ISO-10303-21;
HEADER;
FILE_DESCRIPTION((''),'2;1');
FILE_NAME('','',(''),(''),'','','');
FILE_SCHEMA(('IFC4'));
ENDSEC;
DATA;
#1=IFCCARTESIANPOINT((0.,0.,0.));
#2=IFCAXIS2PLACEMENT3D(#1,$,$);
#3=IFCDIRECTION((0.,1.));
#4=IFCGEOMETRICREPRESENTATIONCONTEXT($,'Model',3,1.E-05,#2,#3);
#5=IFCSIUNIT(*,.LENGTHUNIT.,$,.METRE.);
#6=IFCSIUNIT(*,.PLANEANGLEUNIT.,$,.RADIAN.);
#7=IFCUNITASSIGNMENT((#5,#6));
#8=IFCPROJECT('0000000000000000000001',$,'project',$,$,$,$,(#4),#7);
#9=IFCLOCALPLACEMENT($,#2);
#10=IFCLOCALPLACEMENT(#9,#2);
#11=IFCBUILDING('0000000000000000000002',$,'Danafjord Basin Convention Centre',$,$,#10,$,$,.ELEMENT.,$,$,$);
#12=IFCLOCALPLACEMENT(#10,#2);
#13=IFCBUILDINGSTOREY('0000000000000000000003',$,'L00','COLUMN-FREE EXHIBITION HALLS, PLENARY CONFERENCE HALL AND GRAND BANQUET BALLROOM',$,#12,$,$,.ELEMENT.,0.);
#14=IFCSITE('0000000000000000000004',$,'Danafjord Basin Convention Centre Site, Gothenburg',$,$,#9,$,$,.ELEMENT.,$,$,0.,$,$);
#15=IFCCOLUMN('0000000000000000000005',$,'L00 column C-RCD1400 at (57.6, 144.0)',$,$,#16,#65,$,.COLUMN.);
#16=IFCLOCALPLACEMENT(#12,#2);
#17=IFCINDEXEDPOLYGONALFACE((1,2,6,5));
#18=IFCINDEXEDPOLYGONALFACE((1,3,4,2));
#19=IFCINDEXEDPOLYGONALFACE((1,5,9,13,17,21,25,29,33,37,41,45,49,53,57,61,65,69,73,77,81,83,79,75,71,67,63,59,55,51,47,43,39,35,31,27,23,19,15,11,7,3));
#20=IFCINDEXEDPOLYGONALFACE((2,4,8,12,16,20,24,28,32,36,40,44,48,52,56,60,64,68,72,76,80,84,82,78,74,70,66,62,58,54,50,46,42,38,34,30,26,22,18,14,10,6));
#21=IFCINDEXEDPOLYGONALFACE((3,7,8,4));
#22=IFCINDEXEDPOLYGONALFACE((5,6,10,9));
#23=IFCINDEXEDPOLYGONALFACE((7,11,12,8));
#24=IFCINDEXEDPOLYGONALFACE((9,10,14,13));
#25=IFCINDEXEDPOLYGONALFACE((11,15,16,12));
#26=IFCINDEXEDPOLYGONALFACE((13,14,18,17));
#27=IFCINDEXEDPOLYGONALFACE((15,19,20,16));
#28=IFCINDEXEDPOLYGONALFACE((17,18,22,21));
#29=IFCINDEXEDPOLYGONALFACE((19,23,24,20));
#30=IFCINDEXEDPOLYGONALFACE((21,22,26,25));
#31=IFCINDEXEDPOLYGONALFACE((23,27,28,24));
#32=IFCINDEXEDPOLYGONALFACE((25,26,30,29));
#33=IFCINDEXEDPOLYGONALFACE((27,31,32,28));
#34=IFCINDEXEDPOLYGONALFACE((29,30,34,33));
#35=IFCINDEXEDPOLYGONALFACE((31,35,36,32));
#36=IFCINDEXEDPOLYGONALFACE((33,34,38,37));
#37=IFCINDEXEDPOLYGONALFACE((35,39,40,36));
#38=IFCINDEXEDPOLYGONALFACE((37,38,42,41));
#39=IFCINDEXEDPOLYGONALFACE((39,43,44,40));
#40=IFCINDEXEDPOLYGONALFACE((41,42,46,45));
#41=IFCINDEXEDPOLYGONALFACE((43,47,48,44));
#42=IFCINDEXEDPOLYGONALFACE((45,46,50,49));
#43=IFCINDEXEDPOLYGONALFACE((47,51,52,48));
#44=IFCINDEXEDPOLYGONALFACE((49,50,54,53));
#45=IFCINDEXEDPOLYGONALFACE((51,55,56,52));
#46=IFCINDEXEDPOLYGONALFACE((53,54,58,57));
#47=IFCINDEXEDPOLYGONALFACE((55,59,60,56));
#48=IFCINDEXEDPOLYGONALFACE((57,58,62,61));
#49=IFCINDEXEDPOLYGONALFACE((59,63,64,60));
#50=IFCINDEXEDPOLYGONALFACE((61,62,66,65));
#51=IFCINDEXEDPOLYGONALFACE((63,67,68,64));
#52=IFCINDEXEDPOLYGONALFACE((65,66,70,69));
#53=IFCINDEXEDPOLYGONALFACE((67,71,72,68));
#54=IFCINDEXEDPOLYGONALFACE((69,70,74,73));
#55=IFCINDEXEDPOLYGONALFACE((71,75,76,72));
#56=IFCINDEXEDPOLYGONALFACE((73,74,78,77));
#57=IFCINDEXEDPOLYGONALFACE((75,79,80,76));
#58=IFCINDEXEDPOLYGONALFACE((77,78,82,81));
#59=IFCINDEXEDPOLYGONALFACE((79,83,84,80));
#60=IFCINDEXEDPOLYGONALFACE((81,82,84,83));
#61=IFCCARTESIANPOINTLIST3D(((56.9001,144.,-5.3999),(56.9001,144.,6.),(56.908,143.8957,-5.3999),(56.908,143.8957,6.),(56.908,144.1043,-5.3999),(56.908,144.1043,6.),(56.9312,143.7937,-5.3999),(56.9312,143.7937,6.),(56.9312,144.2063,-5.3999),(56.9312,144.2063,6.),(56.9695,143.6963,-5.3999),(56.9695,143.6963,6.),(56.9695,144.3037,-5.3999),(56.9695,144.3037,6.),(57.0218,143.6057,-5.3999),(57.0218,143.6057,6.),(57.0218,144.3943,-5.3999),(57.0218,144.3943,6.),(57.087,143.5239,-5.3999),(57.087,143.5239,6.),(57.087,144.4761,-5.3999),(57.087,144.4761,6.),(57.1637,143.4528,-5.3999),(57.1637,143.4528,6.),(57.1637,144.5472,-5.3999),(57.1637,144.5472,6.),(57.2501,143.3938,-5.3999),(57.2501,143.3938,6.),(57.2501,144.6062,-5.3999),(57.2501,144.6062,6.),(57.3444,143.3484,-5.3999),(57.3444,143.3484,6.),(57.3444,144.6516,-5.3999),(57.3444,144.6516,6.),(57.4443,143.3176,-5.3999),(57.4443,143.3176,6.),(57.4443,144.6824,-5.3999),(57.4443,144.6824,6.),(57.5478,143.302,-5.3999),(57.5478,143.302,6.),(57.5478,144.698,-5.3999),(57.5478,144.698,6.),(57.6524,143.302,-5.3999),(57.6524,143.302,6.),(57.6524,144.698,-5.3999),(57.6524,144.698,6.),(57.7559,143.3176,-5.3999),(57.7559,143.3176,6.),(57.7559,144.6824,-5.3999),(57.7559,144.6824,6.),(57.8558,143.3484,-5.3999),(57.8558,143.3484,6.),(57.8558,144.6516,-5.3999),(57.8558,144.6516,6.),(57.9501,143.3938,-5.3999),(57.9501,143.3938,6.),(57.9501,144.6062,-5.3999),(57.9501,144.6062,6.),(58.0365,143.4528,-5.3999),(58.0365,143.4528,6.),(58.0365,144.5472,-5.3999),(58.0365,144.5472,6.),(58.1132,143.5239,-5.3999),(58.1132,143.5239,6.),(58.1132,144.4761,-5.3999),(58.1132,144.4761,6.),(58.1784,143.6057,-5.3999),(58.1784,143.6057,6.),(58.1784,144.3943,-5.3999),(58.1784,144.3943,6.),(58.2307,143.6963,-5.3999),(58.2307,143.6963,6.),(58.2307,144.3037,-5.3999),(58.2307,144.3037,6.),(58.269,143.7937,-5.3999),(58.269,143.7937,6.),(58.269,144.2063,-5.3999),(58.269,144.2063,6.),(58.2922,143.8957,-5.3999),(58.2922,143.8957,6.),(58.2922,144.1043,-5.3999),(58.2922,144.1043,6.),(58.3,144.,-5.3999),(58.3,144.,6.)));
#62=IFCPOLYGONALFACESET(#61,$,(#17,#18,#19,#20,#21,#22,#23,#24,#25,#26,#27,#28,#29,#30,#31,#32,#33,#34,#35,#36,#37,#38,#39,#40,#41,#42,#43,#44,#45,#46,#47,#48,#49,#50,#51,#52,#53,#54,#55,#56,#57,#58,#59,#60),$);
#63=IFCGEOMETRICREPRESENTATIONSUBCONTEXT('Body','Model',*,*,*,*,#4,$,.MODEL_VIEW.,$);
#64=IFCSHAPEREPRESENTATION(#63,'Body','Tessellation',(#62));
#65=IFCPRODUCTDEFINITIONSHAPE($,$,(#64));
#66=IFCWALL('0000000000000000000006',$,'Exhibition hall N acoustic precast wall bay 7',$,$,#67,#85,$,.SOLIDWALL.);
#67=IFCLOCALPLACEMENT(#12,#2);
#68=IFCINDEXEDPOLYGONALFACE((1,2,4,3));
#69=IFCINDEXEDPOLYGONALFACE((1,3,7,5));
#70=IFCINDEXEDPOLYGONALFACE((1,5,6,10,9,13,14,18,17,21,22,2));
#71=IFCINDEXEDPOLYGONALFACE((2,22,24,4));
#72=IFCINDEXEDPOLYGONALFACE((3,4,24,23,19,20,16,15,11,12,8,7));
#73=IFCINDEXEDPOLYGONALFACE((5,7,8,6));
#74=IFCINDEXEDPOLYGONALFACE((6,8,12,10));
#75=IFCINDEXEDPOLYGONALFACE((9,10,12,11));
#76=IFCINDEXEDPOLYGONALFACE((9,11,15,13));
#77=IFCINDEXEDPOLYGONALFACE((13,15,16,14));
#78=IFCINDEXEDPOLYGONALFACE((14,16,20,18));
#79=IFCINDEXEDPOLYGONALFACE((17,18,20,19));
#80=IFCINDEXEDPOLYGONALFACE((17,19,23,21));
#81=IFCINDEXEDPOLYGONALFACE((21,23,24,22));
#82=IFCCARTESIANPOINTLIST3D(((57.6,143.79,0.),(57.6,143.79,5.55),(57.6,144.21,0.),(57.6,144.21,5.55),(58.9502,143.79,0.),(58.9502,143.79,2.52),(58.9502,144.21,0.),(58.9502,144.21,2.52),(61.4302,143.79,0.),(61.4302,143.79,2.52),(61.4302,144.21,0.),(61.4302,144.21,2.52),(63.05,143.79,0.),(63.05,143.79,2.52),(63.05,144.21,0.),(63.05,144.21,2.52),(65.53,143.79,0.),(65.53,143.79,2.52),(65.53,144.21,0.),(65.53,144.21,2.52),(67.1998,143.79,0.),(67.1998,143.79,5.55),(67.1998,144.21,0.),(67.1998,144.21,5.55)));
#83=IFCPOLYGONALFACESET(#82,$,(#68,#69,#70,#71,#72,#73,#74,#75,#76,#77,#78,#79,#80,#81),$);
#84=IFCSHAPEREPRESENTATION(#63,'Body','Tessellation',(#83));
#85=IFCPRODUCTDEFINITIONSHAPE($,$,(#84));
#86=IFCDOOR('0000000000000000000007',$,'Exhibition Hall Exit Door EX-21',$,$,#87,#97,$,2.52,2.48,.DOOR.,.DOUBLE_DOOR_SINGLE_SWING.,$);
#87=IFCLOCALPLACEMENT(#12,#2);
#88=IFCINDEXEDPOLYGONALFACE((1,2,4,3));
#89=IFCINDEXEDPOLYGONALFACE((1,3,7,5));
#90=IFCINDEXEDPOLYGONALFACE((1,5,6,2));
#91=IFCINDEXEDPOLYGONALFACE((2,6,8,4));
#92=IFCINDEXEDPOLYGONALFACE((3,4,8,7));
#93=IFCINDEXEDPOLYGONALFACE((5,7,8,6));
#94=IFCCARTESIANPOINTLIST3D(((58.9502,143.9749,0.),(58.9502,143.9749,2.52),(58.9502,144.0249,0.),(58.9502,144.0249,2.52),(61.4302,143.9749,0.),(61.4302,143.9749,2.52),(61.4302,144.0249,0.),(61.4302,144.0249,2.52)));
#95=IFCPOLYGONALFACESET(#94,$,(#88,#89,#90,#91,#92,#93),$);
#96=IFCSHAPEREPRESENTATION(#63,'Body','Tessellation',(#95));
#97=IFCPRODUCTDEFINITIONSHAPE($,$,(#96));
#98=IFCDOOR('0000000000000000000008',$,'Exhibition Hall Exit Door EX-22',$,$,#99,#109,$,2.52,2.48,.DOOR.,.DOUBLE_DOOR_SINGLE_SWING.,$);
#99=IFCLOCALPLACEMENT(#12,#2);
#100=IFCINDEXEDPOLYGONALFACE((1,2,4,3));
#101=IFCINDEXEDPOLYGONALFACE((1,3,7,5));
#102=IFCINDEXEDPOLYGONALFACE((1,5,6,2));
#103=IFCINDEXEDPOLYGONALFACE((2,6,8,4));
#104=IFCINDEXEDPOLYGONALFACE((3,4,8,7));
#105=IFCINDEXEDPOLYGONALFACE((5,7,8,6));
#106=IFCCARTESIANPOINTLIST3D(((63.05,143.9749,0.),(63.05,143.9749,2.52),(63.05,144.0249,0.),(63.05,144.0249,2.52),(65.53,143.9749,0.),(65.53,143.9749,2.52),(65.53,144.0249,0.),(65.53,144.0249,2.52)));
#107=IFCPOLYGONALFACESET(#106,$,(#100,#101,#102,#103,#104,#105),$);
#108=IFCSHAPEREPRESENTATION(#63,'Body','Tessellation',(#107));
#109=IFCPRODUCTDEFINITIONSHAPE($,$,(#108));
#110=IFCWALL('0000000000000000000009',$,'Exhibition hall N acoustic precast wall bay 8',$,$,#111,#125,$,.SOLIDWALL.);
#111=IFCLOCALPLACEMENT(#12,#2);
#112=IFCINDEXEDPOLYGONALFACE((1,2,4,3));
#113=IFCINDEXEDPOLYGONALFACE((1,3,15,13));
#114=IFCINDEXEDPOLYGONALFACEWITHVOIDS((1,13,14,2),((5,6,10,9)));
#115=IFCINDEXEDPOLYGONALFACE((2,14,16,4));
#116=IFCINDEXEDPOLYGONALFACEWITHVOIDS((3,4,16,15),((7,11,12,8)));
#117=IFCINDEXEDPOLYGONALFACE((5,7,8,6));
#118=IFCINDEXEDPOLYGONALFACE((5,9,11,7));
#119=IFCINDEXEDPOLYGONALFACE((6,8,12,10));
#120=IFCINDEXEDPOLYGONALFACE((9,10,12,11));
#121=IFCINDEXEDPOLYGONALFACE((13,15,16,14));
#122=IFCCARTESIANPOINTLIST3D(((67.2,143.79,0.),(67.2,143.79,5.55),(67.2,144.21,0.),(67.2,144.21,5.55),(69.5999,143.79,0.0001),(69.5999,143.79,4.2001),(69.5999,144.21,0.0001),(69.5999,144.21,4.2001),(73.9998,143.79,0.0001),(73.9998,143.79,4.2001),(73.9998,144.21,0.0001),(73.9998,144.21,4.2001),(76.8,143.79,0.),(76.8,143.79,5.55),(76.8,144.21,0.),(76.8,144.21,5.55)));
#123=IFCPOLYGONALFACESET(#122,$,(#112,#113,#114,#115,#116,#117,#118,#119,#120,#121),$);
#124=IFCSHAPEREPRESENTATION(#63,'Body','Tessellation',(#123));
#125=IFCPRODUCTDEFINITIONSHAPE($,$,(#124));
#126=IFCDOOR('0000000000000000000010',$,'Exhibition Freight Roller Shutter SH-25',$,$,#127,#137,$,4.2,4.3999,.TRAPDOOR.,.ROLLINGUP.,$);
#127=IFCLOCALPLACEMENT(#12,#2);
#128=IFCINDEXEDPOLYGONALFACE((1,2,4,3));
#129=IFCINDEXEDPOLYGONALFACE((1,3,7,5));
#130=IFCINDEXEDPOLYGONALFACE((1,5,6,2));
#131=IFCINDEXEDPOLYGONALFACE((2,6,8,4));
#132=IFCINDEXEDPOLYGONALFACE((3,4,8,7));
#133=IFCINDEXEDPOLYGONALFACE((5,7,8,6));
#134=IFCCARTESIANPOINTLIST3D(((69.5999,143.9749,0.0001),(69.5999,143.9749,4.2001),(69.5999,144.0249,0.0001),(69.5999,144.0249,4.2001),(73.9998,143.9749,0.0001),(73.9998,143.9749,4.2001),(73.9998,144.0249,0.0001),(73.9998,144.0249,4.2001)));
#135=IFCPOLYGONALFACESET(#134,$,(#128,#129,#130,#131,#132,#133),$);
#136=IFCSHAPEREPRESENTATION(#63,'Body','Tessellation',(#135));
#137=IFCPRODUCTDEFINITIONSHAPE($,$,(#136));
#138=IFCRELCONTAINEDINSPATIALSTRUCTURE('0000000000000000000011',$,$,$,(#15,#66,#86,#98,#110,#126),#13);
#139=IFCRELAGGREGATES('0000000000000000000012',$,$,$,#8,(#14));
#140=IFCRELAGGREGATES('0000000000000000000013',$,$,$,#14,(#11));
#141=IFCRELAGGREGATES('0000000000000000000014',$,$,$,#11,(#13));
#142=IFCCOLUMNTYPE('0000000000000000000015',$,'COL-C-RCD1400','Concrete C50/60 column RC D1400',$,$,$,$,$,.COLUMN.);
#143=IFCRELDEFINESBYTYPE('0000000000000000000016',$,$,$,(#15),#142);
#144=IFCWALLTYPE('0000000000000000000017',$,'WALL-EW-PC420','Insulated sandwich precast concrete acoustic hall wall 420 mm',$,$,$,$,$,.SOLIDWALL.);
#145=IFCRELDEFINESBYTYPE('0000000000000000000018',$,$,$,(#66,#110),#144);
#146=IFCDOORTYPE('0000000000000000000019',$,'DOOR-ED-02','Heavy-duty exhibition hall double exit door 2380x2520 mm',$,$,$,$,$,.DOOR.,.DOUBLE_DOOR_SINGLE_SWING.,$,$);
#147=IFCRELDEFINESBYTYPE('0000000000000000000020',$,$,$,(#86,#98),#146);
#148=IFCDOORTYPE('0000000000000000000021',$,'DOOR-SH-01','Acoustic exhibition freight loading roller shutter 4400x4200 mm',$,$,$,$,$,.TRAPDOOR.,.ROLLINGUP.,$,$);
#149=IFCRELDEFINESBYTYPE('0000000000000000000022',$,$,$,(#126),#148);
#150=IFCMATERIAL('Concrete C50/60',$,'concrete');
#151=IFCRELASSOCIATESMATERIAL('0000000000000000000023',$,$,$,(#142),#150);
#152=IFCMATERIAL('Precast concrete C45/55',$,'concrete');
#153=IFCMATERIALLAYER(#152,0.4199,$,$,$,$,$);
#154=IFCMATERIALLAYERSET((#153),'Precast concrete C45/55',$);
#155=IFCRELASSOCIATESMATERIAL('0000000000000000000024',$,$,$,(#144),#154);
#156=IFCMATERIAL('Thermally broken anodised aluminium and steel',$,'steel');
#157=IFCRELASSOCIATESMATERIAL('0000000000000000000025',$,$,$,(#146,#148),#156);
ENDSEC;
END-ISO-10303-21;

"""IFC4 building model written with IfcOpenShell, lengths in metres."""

from ifc_helpers import new_model, si_unit, direction, frame, frame_2d, origin, origin_2d, place, context, subcontext, project, spatial, rectangle, circle, extrude, material, layer, layer_set, material_profile, profile_set, type_object, element, fill, save


model = new_model("IFC4")

# Units and contexts
model_context = context("Model", 3, precision=1e-05, world=origin(), true_north=direction((0.0, 1.0)))
body_context = subcontext(model_context, "Body", "Model", "MODEL_VIEW")
ifc_project = project(units=[si_unit("LENGTHUNIT", "METRE"), si_unit("PLANEANGLEUNIT", "RADIAN")], contexts=[model_context])

# Site, building, storey
site_placement = place(None, origin())
site = spatial("IfcSite", under=ifc_project, at=site_placement, Name="Danafjord Basin Convention Centre Site, Gothenburg", CompositionType="ELEMENT", RefElevation=0.0)
building_placement = place(site_placement, origin())
building = spatial("IfcBuilding", under=site, at=building_placement, Name="Danafjord Basin Convention Centre", CompositionType="ELEMENT")
storey_placement = place(building_placement, origin())
storey = spatial("IfcBuildingStorey", under=building, at=storey_placement, Name="L00", Description="COLUMN-FREE EXHIBITION HALLS, PLENARY CONFERENCE HALL AND GRAND BANQUET BALLROOM", CompositionType="ELEMENT", Elevation=0.0)

# Column
ifc_material_1 = material(Name="Concrete C50/60", Category="concrete")
ifc_material_profile_1 = material_profile(ifc_material_1, circle(Radius=0.7, at=origin_2d()), Name="RC D1400")
ifc_profile_set_1 = profile_set([ifc_material_profile_1], Name="Concrete C50/60")
column_type_1 = type_object("IfcColumnType", Name="COL-C-RCD1400", Description="Concrete C50/60 column RC D1400", PredefinedType="COLUMN", material=ifc_profile_set_1)
column_1_placement = place(storey_placement, frame((57.6001, 144.0, -5.3999), z_axis=(0.0, 0.0, 1.0), x_axis=(1.0, 0.0, 0.0)))
element("IfcColumn", 1, at=column_1_placement, inside=storey, type_object=column_type_1, Name="L00 column C-RCD1400 at (57.6, 144.0)", PredefinedType="COLUMN", context=body_context, shape_type="SweptSolid", body=[
    extrude(circle(Radius=0.7, at=origin_2d()), origin(), (0.0, 0.0, 1.0), 11.3999),
])

# Wall, openings, doors
ifc_material_2 = material(Name="Precast concrete C45/55", Category="concrete")
ifc_layer = layer(ifc_material_2, 0.4199)
ifc_layer_set = layer_set([ifc_layer], Name="Precast concrete C45/55")
wall_type = type_object("IfcWallType", Name="WALL-EW-PC420", Description="Insulated sandwich precast concrete acoustic hall wall 420 mm", PredefinedType="SOLIDWALL", material=ifc_layer_set)
wall_1_placement = place(storey_placement, frame((57.6001, 144.0, 0.0), z_axis=(0.0, 0.0, 1.0), x_axis=(1.0, 0.0, 0.0)))
wall_1 = element("IfcWall", 2, at=wall_1_placement, inside=storey, type_object=wall_type, Name="Exhibition hall N acoustic precast wall bay 7", PredefinedType="SOLIDWALL", context=body_context, shape_type="SweptSolid", body=[
    extrude(rectangle(XDim=9.5999, YDim=0.4199, at=frame_2d((4.7998, 0.0))), origin(), (0.0, 0.0, 1.0), 5.55),
])
opening_1_placement = place(wall_1_placement, frame((1.3501, 0.0, 0.0)))
opening_1 = element("IfcOpeningElement", 3, at=opening_1_placement, cuts=wall_1, PredefinedType="OPENING", context=body_context, shape_type="SweptSolid", body=[
    extrude(rectangle(XDim=2.48, YDim=2.52, at=frame_2d((1.24, 1.26))), frame((0.0, 0.22, 0.0), z_axis=(0.0, -1.0, 0.0), x_axis=(1.0, 0.0, 0.0)), (0.0, 0.0, 1.0), 0.4399),
])
opening_2_placement = place(wall_1_placement, frame((5.45, 0.0, 0.0)))
opening_2 = element("IfcOpeningElement", 4, at=opening_2_placement, cuts=wall_1, PredefinedType="OPENING", context=body_context, shape_type="SweptSolid", body=[
    extrude(rectangle(XDim=2.48, YDim=2.52, at=frame_2d((1.24, 1.26))), frame((0.0, 0.22, 0.0), z_axis=(0.0, -1.0, 0.0), x_axis=(1.0, 0.0, 0.0)), (0.0, 0.0, 1.0), 0.4399),
])
ifc_material_3 = material(Name="Thermally broken anodised aluminium and steel", Category="steel")
door_type_1 = type_object("IfcDoorType", Name="DOOR-ED-02", Description="Heavy-duty exhibition hall double exit door 2380x2520 mm", OperationType="DOUBLE_DOOR_SINGLE_SWING", PredefinedType="DOOR", material=ifc_material_3)
door_1_placement = place(opening_1_placement, origin())
door_1 = element("IfcDoor", 5, at=door_1_placement, inside=storey, type_object=door_type_1, Name="Exhibition Hall Exit Door EX-21", OperationType="DOUBLE_DOOR_SINGLE_SWING", OverallHeight=2.52, OverallWidth=2.48, PredefinedType="DOOR", context=body_context, shape_type="SweptSolid", body=[
    extrude(rectangle(XDim=2.48, YDim=2.52, at=frame_2d((1.24, 1.26))), frame((0.0, 0.0249, 0.0), z_axis=(0.0, -1.0, 0.0), x_axis=(1.0, 0.0, 0.0)), (0.0, 0.0, 1.0), 0.05),
])
fill(opening_1, door_1)
door_2_placement = place(opening_2_placement, origin())
door_2 = element("IfcDoor", 6, at=door_2_placement, inside=storey, type_object=door_type_1, Name="Exhibition Hall Exit Door EX-22", OperationType="DOUBLE_DOOR_SINGLE_SWING", OverallHeight=2.52, OverallWidth=2.48, PredefinedType="DOOR", context=body_context, shape_type="SweptSolid", body=[
    extrude(rectangle(XDim=2.48, YDim=2.52, at=frame_2d((1.24, 1.26))), frame((0.0, 0.0249, 0.0), z_axis=(0.0, -1.0, 0.0), x_axis=(1.0, 0.0, 0.0)), (0.0, 0.0, 1.0), 0.05),
])
fill(opening_2, door_2)

# Wall, opening, door
wall_2_placement = place(storey_placement, frame((67.2, 144.0, 0.0), z_axis=(0.0, 0.0, 1.0), x_axis=(1.0, 0.0, 0.0)))
wall_2 = element("IfcWall", 7, at=wall_2_placement, inside=storey, type_object=wall_type, Name="Exhibition hall N acoustic precast wall bay 8", PredefinedType="SOLIDWALL", context=body_context, shape_type="SweptSolid", body=[
    extrude(rectangle(XDim=9.6001, YDim=0.4199, at=frame_2d((4.8, 0.0))), origin(), (0.0, 0.0, 1.0), 5.55),
])
opening_3_placement = place(wall_2_placement, frame((2.3999, 0.0, 0.0)))
opening_3 = element("IfcOpeningElement", 8, at=opening_3_placement, cuts=wall_2, PredefinedType="OPENING", context=body_context, shape_type="SweptSolid", body=[
    extrude(rectangle(XDim=4.3999, YDim=4.2, at=frame_2d((2.2, 2.1001))), frame((0.0, 0.22, 0.0), z_axis=(0.0, -1.0, 0.0), x_axis=(1.0, 0.0, 0.0)), (0.0, 0.0, 1.0), 0.4399),
])
door_type_2 = type_object("IfcDoorType", Name="DOOR-SH-01", Description="Acoustic exhibition freight loading roller shutter 4400x4200 mm", OperationType="ROLLINGUP", PredefinedType="TRAPDOOR", material=ifc_material_3)
door_3_placement = place(opening_3_placement, origin())
door_3 = element("IfcDoor", 9, at=door_3_placement, inside=storey, type_object=door_type_2, Name="Exhibition Freight Roller Shutter SH-25", OperationType="ROLLINGUP", OverallHeight=4.2, OverallWidth=4.3999, PredefinedType="TRAPDOOR", context=body_context, shape_type="SweptSolid", body=[
    extrude(rectangle(XDim=4.3999, YDim=4.2, at=frame_2d((2.2, 2.1001))), frame((0.0, 0.0249, 0.0), z_axis=(0.0, -1.0, 0.0), x_axis=(1.0, 0.0, 0.0)), (0.0, 0.0, 1.0), 0.05),
])
fill(opening_3, door_3)

save(model, "model.ifc")
